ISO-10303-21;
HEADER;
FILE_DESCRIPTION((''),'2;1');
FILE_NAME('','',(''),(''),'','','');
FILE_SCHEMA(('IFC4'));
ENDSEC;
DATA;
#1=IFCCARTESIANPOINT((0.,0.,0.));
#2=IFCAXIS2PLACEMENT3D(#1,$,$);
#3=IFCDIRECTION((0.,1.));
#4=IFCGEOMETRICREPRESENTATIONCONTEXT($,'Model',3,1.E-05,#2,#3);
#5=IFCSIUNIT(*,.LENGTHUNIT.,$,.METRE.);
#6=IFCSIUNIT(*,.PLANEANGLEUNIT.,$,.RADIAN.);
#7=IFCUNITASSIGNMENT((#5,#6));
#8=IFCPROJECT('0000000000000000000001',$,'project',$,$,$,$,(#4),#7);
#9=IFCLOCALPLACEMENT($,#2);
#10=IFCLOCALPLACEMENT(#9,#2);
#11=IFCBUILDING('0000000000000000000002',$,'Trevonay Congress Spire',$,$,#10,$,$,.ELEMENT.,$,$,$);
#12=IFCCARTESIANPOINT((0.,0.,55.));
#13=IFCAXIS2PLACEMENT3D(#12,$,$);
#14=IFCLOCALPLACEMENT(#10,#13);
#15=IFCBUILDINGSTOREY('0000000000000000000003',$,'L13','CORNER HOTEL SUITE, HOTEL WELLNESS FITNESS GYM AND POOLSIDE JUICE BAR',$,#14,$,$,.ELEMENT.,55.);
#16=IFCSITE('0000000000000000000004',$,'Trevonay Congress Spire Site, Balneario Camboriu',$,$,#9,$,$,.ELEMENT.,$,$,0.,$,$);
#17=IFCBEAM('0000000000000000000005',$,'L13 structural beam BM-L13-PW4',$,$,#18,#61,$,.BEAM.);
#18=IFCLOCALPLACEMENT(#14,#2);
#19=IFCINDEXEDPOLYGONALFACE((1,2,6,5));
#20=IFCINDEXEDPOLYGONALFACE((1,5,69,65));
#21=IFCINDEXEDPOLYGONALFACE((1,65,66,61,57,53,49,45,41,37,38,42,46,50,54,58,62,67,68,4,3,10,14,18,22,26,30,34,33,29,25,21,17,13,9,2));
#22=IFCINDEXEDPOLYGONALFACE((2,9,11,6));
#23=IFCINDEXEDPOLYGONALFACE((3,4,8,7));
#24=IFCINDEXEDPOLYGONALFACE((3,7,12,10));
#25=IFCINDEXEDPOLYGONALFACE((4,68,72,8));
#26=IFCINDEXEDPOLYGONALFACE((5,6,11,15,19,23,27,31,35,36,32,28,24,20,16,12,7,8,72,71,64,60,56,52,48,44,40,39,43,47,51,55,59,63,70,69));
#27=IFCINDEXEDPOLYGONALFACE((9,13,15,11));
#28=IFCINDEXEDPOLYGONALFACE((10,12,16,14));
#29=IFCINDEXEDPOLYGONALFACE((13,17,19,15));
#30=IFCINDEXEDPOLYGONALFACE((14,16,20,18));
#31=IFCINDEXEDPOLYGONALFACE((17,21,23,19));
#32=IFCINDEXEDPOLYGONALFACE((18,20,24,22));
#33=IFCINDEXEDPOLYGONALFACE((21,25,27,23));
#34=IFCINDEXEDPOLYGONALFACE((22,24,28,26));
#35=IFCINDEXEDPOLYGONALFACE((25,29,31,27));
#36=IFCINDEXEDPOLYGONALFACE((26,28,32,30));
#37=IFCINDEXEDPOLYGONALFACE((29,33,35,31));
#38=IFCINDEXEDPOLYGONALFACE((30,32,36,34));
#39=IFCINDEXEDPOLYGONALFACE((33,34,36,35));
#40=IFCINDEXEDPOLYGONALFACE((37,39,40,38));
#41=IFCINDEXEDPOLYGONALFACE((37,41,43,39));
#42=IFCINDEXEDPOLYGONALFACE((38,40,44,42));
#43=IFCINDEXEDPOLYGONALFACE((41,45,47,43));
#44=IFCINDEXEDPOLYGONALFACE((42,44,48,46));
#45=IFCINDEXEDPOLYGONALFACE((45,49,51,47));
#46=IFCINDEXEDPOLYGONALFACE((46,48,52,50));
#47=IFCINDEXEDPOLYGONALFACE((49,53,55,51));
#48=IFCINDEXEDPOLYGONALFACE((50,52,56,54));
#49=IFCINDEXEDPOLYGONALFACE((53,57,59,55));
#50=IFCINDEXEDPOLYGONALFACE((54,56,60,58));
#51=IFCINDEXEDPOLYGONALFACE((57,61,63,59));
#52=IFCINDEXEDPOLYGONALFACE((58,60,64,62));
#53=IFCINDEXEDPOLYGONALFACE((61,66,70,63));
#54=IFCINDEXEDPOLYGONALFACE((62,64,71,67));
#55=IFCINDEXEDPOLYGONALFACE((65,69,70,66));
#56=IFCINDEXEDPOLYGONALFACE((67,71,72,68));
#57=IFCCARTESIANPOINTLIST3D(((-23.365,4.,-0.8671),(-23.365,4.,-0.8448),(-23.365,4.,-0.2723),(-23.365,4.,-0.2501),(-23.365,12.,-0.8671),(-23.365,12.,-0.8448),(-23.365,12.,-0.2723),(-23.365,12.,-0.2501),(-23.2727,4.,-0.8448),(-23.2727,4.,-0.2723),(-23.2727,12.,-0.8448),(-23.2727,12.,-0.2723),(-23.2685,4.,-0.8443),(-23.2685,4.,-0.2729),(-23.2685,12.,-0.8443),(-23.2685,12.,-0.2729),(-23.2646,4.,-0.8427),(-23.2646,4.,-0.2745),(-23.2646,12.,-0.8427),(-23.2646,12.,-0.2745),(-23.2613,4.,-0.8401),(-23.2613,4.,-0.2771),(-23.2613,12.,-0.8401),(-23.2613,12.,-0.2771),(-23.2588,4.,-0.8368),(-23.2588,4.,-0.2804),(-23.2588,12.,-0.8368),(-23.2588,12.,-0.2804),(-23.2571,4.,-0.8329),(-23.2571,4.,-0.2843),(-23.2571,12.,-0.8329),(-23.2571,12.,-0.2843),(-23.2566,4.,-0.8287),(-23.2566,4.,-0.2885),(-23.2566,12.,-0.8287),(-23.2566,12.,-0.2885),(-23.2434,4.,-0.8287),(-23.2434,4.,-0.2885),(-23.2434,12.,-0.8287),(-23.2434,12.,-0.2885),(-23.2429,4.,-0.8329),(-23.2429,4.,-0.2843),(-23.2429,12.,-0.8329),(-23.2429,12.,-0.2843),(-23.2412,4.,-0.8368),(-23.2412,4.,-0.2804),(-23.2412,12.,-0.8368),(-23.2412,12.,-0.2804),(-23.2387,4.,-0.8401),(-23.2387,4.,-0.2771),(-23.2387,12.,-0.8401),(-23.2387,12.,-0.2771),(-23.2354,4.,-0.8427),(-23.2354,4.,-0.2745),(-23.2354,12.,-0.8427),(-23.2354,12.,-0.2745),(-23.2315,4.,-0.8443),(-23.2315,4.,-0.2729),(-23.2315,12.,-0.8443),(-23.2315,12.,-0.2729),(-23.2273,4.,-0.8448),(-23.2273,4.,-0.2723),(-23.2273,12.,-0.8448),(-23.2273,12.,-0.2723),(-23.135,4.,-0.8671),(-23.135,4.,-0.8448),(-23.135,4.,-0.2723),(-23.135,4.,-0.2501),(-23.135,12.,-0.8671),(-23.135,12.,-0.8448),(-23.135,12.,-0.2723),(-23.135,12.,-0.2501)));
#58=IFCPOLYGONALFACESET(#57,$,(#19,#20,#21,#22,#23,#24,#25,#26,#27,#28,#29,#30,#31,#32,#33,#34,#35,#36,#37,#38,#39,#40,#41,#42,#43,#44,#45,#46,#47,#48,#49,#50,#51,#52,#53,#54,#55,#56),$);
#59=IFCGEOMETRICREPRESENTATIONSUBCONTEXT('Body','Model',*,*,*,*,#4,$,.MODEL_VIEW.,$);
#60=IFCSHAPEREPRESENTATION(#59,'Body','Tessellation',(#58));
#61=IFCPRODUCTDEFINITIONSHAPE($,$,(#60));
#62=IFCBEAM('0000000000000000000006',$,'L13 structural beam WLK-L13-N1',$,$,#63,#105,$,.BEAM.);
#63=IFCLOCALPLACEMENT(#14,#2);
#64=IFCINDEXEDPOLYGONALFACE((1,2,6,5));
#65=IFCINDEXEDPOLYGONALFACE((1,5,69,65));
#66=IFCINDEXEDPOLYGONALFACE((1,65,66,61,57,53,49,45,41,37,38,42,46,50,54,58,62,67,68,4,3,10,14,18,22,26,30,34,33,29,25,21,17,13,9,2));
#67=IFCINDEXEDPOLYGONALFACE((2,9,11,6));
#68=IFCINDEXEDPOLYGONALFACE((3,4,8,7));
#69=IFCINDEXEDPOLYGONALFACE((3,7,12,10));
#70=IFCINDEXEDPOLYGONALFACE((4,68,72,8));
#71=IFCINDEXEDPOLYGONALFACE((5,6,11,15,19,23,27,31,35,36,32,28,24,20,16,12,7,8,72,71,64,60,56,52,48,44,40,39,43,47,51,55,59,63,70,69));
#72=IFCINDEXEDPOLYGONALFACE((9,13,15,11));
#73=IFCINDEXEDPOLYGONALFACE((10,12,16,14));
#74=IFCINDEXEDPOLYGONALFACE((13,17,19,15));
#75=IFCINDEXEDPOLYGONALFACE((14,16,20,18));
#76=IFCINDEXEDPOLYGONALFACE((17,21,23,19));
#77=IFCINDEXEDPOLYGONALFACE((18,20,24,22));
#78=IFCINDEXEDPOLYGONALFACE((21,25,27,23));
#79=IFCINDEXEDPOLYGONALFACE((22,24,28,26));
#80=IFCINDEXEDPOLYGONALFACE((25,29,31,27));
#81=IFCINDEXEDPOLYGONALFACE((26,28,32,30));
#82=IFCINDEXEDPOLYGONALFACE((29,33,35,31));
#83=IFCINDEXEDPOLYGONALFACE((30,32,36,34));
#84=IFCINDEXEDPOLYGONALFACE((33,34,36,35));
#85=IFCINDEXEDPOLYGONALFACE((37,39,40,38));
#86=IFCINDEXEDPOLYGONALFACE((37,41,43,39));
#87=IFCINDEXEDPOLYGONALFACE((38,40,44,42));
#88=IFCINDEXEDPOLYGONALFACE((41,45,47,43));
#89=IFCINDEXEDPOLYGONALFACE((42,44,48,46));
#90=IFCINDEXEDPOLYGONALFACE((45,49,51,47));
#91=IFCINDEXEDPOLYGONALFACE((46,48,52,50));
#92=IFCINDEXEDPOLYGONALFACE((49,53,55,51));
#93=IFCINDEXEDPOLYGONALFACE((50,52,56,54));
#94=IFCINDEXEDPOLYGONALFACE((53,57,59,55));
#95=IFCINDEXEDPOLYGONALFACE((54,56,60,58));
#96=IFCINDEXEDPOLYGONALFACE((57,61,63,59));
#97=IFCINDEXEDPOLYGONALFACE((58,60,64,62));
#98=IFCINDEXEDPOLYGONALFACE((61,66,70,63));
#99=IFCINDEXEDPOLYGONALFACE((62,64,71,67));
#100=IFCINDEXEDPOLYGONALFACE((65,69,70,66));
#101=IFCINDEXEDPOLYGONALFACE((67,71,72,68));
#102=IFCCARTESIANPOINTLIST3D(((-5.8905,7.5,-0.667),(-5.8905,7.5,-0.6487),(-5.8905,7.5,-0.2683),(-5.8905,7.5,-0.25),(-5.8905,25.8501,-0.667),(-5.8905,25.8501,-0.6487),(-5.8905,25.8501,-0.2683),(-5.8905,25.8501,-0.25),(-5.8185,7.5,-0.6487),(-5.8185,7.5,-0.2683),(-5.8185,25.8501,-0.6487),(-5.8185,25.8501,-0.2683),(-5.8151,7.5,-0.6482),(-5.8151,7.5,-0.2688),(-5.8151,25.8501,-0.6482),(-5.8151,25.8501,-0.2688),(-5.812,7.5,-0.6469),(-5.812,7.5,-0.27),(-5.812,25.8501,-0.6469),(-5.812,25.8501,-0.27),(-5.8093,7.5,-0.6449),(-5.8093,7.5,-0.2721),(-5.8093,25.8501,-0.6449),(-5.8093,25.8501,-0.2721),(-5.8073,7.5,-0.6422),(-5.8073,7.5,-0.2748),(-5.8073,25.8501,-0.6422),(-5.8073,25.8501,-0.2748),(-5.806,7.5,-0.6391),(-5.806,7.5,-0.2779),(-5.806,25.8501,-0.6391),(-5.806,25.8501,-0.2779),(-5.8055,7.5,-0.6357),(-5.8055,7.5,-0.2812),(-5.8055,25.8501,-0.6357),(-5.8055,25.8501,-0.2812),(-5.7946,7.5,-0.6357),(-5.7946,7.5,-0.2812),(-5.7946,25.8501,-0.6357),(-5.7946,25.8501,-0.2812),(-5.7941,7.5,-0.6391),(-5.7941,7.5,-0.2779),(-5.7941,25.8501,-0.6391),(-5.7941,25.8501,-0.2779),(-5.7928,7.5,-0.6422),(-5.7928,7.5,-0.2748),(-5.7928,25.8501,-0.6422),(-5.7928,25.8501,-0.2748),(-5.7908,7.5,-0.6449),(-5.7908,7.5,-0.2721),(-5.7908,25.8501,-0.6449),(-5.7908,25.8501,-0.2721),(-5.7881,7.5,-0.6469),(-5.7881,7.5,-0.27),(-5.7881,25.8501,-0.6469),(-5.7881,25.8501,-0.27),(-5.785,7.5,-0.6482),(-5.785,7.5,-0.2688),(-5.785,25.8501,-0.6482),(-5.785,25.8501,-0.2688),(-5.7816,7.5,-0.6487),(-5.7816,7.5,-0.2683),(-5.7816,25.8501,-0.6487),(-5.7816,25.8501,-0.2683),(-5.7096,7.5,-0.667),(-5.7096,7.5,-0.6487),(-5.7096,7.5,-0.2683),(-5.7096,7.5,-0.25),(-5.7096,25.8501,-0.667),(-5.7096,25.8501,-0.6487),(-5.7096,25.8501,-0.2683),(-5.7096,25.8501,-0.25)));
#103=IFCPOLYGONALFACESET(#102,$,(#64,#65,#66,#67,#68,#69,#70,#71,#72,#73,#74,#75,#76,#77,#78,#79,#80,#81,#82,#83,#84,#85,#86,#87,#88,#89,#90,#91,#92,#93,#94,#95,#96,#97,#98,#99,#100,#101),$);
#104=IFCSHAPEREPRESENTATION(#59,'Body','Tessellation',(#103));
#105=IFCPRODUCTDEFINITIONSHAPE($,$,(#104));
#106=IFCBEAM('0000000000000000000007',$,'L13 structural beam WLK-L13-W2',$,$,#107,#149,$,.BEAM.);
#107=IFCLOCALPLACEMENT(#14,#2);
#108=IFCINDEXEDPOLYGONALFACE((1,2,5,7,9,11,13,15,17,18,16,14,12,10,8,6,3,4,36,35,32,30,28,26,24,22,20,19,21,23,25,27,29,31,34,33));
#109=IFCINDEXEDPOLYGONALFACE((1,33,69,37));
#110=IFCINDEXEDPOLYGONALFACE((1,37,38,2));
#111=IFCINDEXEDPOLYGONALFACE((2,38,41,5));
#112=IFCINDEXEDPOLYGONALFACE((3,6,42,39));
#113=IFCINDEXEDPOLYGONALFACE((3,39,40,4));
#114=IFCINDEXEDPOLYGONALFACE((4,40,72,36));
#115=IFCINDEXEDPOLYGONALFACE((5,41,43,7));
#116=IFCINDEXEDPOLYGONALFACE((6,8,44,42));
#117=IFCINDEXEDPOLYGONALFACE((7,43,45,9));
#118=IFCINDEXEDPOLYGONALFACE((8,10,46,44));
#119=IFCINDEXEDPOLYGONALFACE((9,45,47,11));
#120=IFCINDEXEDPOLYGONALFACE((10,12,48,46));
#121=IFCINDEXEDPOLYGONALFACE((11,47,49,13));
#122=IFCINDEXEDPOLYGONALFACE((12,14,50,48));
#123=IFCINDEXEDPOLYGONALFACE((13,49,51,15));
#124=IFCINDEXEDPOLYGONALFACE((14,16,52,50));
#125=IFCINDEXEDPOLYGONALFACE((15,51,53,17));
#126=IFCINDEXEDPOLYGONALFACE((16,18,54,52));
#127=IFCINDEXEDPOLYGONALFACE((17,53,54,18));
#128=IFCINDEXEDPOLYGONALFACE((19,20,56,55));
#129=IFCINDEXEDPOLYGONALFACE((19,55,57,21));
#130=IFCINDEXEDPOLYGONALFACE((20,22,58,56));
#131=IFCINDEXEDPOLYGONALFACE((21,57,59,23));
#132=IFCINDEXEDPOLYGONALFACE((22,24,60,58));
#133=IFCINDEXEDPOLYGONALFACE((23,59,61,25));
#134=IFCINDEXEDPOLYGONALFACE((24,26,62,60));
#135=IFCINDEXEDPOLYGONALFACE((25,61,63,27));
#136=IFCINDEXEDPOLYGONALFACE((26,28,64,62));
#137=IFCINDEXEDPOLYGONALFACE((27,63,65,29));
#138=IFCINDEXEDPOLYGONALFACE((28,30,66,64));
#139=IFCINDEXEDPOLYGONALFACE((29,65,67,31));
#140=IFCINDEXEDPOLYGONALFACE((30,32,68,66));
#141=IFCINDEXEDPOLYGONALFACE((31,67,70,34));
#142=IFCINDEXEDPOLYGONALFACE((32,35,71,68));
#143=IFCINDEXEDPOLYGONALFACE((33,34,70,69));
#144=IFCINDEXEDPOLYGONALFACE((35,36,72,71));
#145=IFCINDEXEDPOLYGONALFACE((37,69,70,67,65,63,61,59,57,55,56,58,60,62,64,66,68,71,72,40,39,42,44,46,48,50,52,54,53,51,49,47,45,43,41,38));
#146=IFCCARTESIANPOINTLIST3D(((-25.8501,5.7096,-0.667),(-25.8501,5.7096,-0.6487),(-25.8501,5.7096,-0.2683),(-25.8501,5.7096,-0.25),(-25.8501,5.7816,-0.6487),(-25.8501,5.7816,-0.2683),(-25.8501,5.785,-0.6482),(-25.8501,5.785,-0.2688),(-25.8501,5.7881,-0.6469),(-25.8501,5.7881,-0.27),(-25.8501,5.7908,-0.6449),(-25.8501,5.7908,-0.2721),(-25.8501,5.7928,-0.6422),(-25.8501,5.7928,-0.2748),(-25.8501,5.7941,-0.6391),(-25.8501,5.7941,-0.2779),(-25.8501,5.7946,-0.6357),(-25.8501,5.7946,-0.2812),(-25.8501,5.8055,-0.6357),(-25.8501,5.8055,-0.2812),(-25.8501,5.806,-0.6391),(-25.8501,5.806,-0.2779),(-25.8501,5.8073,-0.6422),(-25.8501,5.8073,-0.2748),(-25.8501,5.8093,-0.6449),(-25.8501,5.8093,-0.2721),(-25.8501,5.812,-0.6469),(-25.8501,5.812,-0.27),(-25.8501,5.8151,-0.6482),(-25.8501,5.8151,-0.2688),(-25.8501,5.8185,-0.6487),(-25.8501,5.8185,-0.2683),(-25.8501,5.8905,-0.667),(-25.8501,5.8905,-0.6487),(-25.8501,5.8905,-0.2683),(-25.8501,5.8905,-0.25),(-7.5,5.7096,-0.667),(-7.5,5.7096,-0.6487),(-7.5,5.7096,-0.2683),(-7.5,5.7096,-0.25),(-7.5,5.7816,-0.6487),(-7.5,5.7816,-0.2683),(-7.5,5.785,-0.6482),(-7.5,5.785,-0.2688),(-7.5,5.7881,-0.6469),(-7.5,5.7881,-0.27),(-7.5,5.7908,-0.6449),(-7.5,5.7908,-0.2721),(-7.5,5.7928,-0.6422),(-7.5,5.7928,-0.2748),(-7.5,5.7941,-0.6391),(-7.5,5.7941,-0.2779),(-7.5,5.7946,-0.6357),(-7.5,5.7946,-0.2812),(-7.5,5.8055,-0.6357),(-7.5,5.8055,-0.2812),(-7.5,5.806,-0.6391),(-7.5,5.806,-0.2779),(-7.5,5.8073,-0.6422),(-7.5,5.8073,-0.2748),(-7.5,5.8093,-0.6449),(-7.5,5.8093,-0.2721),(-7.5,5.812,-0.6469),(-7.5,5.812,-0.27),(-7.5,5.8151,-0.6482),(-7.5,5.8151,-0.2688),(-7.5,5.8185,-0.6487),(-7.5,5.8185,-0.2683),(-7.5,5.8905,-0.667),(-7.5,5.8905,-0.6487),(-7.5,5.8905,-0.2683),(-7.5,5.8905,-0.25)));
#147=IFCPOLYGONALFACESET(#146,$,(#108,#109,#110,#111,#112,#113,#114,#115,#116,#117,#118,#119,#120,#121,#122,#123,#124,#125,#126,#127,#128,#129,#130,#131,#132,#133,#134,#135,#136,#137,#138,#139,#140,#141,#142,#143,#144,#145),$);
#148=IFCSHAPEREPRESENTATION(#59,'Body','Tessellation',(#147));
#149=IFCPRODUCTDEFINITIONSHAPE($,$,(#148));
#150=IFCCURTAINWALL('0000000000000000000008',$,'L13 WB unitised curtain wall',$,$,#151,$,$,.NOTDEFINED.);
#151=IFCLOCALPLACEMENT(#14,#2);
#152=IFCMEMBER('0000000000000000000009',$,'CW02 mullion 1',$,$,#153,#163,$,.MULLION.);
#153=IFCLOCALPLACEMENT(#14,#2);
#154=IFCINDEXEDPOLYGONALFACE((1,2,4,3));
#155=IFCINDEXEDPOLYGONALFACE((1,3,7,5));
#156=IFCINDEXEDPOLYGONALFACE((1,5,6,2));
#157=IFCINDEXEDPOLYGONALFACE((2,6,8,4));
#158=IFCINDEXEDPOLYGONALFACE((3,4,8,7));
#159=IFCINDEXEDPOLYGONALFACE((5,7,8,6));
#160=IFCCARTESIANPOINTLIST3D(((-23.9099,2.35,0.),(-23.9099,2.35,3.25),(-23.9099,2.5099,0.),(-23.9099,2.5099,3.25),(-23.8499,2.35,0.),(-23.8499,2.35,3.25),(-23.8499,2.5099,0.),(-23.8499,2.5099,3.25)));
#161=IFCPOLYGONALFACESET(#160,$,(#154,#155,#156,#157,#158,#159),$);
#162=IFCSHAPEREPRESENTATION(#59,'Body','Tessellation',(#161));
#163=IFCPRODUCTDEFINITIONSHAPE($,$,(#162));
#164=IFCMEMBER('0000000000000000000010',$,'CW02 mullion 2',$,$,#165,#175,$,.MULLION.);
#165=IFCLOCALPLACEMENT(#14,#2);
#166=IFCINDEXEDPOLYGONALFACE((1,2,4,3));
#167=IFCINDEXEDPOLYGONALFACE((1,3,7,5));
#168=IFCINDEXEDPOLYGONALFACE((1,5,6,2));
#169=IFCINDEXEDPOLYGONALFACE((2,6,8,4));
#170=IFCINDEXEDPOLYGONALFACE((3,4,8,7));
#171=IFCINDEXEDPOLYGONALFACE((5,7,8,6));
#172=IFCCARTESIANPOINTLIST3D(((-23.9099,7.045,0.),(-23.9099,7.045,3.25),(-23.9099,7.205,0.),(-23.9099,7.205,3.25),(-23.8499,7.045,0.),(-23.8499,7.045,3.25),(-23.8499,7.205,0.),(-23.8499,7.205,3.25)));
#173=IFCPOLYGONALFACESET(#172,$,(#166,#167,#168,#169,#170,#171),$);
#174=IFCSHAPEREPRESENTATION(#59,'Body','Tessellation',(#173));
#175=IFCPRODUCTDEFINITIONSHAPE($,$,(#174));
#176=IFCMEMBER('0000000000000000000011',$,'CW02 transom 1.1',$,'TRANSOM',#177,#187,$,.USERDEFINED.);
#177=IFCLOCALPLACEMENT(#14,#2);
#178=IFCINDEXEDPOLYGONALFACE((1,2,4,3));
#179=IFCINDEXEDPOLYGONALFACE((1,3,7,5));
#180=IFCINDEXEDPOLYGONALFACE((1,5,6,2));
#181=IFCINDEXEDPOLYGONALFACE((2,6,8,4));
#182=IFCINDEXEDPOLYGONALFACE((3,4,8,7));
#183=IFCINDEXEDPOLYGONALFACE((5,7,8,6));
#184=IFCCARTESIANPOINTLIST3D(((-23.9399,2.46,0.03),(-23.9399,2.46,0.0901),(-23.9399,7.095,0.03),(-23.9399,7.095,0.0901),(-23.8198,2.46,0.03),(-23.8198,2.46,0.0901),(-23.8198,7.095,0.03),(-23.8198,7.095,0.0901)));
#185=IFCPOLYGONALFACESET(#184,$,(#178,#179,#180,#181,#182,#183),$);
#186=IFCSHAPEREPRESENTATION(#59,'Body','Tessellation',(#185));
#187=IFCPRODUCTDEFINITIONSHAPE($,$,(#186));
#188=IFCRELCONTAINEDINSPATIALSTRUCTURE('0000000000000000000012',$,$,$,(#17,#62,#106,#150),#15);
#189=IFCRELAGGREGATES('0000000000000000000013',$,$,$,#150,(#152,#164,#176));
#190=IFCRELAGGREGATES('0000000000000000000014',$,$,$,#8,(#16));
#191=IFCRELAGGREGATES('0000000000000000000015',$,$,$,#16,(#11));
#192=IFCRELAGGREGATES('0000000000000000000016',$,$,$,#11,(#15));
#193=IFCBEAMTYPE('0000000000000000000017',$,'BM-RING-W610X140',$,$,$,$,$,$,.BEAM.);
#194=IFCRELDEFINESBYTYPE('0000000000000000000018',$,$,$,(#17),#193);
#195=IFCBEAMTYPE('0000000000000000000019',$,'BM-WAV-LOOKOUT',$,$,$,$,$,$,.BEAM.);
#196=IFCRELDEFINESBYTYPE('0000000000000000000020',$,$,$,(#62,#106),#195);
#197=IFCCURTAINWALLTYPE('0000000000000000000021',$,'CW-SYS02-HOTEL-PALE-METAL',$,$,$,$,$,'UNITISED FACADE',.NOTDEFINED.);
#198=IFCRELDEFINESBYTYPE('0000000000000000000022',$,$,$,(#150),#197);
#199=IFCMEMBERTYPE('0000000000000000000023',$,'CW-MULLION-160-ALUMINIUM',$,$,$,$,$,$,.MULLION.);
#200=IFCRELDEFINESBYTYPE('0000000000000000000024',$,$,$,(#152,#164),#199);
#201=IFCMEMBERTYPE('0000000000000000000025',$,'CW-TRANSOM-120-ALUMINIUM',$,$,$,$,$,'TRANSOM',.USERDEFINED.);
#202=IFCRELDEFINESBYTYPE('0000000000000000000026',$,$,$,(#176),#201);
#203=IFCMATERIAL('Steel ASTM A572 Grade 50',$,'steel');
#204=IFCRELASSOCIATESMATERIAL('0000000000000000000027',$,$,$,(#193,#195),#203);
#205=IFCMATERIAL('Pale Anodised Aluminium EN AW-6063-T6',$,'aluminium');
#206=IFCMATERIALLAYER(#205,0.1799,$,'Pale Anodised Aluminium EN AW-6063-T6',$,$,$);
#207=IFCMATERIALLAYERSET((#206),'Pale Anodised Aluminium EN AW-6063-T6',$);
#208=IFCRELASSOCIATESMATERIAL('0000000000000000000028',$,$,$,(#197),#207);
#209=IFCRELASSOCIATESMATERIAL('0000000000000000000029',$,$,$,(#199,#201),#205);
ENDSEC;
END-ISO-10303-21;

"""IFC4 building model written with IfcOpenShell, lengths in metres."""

from ifc_helpers import new_model, si_unit, direction, frame, origin, origin_2d, place, context, subcontext, project, spatial, rectangle, i_section, extrude, material, layer, layer_set, material_profile, profile_set, type_object, element, aggregate, save


model = new_model("IFC4")

# Units and contexts
model_context = context("Model", 3, precision=1e-05, world=origin(), true_north=direction((0.0, 1.0)))
body_context = subcontext(model_context, "Body", "Model", "MODEL_VIEW")
ifc_project = project(units=[si_unit("LENGTHUNIT", "METRE"), si_unit("PLANEANGLEUNIT", "RADIAN")], contexts=[model_context])

# Site, building, storey
site_placement = place(None, origin())
site = spatial("IfcSite", under=ifc_project, at=site_placement, Name="Trevonay Congress Spire Site, Balneario Camboriu", CompositionType="ELEMENT", RefElevation=0.0)
building_placement = place(site_placement, origin())
building = spatial("IfcBuilding", under=site, at=building_placement, Name="Trevonay Congress Spire", CompositionType="ELEMENT")
storey_placement = place(building_placement, frame((0.0, 0.0, 55.0)))
storey = spatial("IfcBuildingStorey", under=building, at=storey_placement, Name="L13", Description="CORNER HOTEL SUITE, HOTEL WELLNESS FITNESS GYM AND POOLSIDE JUICE BAR", CompositionType="ELEMENT", Elevation=55.0)

# Shared definitions
ifc_material_1 = material(Name="Steel ASTM A572 Grade 50", Category="steel")

# Beams
ifc_material_profile_1 = material_profile(ifc_material_1, i_section(OverallWidth=0.23, OverallDepth=0.6169, WebThickness=0.0132, FlangeThickness=0.0222, FilletRadius=0.0161, at=origin_2d()), Name="W610x140")
ifc_profile_set_1 = profile_set([ifc_material_profile_1], Name="Steel ASTM A572 Grade 50")
beam_type_1 = type_object("IfcBeamType", Name="BM-RING-W610X140", PredefinedType="BEAM", material=ifc_profile_set_1)
beam_1_placement = place(storey_placement, frame((-23.25, 4.0, -0.5586), z_axis=(0.0, 1.0, 0.0), x_axis=(-1.0, 0.0, 0.0)))
element("IfcBeam", 1, at=beam_1_placement, inside=storey, type_object=beam_type_1, Name="L13 structural beam BM-L13-PW4", PredefinedType="BEAM", context=body_context, shape_type="SweptSolid", body=[
    extrude(i_section(OverallWidth=0.23, OverallDepth=0.6169, WebThickness=0.0132, FlangeThickness=0.0222, FilletRadius=0.0161, at=origin_2d()), origin(), (0.0, 0.0, 1.0), 8.0),
])
ifc_material_profile_2 = material_profile(ifc_material_1, i_section(OverallWidth=0.1809, OverallDepth=0.417, WebThickness=0.011, FlangeThickness=0.0183, FilletRadius=0.0129, at=origin_2d()), Name="W410x85")
ifc_profile_set_2 = profile_set([ifc_material_profile_2], Name="Steel ASTM A572 Grade 50")
beam_type_2 = type_object("IfcBeamType", Name="BM-WAV-LOOKOUT", PredefinedType="BEAM", material=ifc_profile_set_2)
for number, where, z_axis, x_axis, name in (
    (2, (-5.8, 7.5, -0.4585), (0.0, 1.0, 0.0), (-1.0, 0.0, 0.0), "L13 structural beam WLK-L13-N1"),
    (3, (-7.5, 5.8, -0.4585), (-1.0, 0.0, 0.0), (0.0, -1.0, 0.0), "L13 structural beam WLK-L13-W2"),
):
    element("IfcBeam", number, at=place(storey_placement, frame(where, z_axis=z_axis, x_axis=x_axis)), inside=storey, type_object=beam_type_2, Name=name, PredefinedType="BEAM", context=body_context, shape_type="SweptSolid", body=[
        extrude(i_section(OverallWidth=0.1809, OverallDepth=0.417, WebThickness=0.011, FlangeThickness=0.0183, FilletRadius=0.0129, at=origin_2d()), origin(), (0.0, 0.0, 1.0), 18.3501),
    ])

# Curtain wall, members
ifc_material_2 = material(Name="Pale Anodised Aluminium EN AW-6063-T6", Category="aluminium")
ifc_layer_1 = layer(ifc_material_2, 0.1799, Name="Pale Anodised Aluminium EN AW-6063-T6")
ifc_layer_set_1 = layer_set([ifc_layer_1], Name="Pale Anodised Aluminium EN AW-6063-T6")
curtain_wall_type = type_object("IfcCurtainWallType", Name="CW-SYS02-HOTEL-PALE-METAL", ElementType="UNITISED FACADE", PredefinedType="NOTDEFINED", material=ifc_layer_set_1)
curtain_wall_placement = place(storey_placement, origin())
curtain_wall = element("IfcCurtainWall", 4, at=curtain_wall_placement, inside=storey, type_object=curtain_wall_type, Name="L13 WB unitised curtain wall", PredefinedType="NOTDEFINED")
ifc_material_profile_3 = material_profile(ifc_material_2, rectangle(XDim=0.0601, YDim=0.1599, at=origin_2d()), Name="CW-MULLION-160-ALUMINIUM")
ifc_profile_set_3 = profile_set([ifc_material_profile_3], Name="Pale Anodised Aluminium EN AW-6063-T6")
member_type_1 = type_object("IfcMemberType", Name="CW-MULLION-160-ALUMINIUM", PredefinedType="MULLION", material=ifc_profile_set_3)
member_1_placement = place(storey_placement, frame((-23.8799, 2.4299, 0.0), z_axis=(0.0, 0.0, 1.0), x_axis=(-1.0, 0.0, 0.0)))
member_1 = element("IfcMember", 5, at=member_1_placement, type_object=member_type_1, Name="CW02 mullion 1", PredefinedType="MULLION", context=body_context, shape_type="SweptSolid", body=[
    extrude(rectangle(XDim=0.0601, YDim=0.1599, at=origin_2d()), origin(), (0.0, 0.0, 1.0), 3.25),
])
member_2_placement = place(storey_placement, frame((-23.8799, 7.125, 0.0), z_axis=(0.0, 0.0, 1.0), x_axis=(-1.0, 0.0, 0.0)))
member_2 = element("IfcMember", 6, at=member_2_placement, type_object=member_type_1, Name="CW02 mullion 2", PredefinedType="MULLION", context=body_context, shape_type="SweptSolid", body=[
    extrude(rectangle(XDim=0.0601, YDim=0.1599, at=origin_2d()), origin(), (0.0, 0.0, 1.0), 3.25),
])
ifc_material_profile_4 = material_profile(ifc_material_2, rectangle(XDim=0.1201, YDim=0.0601, at=origin_2d()), Name="CW-TRANSOM-120-ALUMINIUM")
ifc_profile_set_4 = profile_set([ifc_material_profile_4], Name="Pale Anodised Aluminium EN AW-6063-T6")
member_type_2 = type_object("IfcMemberType", Name="CW-TRANSOM-120-ALUMINIUM", ElementType="TRANSOM", PredefinedType="USERDEFINED", material=ifc_profile_set_4)
member_3_placement = place(storey_placement, frame((-23.8799, 2.46, 0.0601), z_axis=(0.0, 1.0, 0.0), x_axis=(-1.0, 0.0, 0.0)))
member_3 = element("IfcMember", 7, at=member_3_placement, type_object=member_type_2, Name="CW02 transom 1.1", ObjectType="TRANSOM", PredefinedType="USERDEFINED", context=body_context, shape_type="SweptSolid", body=[
    extrude(rectangle(XDim=0.1201, YDim=0.0601, at=origin_2d()), origin(), (0.0, 0.0, 1.0), 4.635),
])
aggregate(curtain_wall, [member_1, member_2, member_3])

save(model, "model.ifc")
